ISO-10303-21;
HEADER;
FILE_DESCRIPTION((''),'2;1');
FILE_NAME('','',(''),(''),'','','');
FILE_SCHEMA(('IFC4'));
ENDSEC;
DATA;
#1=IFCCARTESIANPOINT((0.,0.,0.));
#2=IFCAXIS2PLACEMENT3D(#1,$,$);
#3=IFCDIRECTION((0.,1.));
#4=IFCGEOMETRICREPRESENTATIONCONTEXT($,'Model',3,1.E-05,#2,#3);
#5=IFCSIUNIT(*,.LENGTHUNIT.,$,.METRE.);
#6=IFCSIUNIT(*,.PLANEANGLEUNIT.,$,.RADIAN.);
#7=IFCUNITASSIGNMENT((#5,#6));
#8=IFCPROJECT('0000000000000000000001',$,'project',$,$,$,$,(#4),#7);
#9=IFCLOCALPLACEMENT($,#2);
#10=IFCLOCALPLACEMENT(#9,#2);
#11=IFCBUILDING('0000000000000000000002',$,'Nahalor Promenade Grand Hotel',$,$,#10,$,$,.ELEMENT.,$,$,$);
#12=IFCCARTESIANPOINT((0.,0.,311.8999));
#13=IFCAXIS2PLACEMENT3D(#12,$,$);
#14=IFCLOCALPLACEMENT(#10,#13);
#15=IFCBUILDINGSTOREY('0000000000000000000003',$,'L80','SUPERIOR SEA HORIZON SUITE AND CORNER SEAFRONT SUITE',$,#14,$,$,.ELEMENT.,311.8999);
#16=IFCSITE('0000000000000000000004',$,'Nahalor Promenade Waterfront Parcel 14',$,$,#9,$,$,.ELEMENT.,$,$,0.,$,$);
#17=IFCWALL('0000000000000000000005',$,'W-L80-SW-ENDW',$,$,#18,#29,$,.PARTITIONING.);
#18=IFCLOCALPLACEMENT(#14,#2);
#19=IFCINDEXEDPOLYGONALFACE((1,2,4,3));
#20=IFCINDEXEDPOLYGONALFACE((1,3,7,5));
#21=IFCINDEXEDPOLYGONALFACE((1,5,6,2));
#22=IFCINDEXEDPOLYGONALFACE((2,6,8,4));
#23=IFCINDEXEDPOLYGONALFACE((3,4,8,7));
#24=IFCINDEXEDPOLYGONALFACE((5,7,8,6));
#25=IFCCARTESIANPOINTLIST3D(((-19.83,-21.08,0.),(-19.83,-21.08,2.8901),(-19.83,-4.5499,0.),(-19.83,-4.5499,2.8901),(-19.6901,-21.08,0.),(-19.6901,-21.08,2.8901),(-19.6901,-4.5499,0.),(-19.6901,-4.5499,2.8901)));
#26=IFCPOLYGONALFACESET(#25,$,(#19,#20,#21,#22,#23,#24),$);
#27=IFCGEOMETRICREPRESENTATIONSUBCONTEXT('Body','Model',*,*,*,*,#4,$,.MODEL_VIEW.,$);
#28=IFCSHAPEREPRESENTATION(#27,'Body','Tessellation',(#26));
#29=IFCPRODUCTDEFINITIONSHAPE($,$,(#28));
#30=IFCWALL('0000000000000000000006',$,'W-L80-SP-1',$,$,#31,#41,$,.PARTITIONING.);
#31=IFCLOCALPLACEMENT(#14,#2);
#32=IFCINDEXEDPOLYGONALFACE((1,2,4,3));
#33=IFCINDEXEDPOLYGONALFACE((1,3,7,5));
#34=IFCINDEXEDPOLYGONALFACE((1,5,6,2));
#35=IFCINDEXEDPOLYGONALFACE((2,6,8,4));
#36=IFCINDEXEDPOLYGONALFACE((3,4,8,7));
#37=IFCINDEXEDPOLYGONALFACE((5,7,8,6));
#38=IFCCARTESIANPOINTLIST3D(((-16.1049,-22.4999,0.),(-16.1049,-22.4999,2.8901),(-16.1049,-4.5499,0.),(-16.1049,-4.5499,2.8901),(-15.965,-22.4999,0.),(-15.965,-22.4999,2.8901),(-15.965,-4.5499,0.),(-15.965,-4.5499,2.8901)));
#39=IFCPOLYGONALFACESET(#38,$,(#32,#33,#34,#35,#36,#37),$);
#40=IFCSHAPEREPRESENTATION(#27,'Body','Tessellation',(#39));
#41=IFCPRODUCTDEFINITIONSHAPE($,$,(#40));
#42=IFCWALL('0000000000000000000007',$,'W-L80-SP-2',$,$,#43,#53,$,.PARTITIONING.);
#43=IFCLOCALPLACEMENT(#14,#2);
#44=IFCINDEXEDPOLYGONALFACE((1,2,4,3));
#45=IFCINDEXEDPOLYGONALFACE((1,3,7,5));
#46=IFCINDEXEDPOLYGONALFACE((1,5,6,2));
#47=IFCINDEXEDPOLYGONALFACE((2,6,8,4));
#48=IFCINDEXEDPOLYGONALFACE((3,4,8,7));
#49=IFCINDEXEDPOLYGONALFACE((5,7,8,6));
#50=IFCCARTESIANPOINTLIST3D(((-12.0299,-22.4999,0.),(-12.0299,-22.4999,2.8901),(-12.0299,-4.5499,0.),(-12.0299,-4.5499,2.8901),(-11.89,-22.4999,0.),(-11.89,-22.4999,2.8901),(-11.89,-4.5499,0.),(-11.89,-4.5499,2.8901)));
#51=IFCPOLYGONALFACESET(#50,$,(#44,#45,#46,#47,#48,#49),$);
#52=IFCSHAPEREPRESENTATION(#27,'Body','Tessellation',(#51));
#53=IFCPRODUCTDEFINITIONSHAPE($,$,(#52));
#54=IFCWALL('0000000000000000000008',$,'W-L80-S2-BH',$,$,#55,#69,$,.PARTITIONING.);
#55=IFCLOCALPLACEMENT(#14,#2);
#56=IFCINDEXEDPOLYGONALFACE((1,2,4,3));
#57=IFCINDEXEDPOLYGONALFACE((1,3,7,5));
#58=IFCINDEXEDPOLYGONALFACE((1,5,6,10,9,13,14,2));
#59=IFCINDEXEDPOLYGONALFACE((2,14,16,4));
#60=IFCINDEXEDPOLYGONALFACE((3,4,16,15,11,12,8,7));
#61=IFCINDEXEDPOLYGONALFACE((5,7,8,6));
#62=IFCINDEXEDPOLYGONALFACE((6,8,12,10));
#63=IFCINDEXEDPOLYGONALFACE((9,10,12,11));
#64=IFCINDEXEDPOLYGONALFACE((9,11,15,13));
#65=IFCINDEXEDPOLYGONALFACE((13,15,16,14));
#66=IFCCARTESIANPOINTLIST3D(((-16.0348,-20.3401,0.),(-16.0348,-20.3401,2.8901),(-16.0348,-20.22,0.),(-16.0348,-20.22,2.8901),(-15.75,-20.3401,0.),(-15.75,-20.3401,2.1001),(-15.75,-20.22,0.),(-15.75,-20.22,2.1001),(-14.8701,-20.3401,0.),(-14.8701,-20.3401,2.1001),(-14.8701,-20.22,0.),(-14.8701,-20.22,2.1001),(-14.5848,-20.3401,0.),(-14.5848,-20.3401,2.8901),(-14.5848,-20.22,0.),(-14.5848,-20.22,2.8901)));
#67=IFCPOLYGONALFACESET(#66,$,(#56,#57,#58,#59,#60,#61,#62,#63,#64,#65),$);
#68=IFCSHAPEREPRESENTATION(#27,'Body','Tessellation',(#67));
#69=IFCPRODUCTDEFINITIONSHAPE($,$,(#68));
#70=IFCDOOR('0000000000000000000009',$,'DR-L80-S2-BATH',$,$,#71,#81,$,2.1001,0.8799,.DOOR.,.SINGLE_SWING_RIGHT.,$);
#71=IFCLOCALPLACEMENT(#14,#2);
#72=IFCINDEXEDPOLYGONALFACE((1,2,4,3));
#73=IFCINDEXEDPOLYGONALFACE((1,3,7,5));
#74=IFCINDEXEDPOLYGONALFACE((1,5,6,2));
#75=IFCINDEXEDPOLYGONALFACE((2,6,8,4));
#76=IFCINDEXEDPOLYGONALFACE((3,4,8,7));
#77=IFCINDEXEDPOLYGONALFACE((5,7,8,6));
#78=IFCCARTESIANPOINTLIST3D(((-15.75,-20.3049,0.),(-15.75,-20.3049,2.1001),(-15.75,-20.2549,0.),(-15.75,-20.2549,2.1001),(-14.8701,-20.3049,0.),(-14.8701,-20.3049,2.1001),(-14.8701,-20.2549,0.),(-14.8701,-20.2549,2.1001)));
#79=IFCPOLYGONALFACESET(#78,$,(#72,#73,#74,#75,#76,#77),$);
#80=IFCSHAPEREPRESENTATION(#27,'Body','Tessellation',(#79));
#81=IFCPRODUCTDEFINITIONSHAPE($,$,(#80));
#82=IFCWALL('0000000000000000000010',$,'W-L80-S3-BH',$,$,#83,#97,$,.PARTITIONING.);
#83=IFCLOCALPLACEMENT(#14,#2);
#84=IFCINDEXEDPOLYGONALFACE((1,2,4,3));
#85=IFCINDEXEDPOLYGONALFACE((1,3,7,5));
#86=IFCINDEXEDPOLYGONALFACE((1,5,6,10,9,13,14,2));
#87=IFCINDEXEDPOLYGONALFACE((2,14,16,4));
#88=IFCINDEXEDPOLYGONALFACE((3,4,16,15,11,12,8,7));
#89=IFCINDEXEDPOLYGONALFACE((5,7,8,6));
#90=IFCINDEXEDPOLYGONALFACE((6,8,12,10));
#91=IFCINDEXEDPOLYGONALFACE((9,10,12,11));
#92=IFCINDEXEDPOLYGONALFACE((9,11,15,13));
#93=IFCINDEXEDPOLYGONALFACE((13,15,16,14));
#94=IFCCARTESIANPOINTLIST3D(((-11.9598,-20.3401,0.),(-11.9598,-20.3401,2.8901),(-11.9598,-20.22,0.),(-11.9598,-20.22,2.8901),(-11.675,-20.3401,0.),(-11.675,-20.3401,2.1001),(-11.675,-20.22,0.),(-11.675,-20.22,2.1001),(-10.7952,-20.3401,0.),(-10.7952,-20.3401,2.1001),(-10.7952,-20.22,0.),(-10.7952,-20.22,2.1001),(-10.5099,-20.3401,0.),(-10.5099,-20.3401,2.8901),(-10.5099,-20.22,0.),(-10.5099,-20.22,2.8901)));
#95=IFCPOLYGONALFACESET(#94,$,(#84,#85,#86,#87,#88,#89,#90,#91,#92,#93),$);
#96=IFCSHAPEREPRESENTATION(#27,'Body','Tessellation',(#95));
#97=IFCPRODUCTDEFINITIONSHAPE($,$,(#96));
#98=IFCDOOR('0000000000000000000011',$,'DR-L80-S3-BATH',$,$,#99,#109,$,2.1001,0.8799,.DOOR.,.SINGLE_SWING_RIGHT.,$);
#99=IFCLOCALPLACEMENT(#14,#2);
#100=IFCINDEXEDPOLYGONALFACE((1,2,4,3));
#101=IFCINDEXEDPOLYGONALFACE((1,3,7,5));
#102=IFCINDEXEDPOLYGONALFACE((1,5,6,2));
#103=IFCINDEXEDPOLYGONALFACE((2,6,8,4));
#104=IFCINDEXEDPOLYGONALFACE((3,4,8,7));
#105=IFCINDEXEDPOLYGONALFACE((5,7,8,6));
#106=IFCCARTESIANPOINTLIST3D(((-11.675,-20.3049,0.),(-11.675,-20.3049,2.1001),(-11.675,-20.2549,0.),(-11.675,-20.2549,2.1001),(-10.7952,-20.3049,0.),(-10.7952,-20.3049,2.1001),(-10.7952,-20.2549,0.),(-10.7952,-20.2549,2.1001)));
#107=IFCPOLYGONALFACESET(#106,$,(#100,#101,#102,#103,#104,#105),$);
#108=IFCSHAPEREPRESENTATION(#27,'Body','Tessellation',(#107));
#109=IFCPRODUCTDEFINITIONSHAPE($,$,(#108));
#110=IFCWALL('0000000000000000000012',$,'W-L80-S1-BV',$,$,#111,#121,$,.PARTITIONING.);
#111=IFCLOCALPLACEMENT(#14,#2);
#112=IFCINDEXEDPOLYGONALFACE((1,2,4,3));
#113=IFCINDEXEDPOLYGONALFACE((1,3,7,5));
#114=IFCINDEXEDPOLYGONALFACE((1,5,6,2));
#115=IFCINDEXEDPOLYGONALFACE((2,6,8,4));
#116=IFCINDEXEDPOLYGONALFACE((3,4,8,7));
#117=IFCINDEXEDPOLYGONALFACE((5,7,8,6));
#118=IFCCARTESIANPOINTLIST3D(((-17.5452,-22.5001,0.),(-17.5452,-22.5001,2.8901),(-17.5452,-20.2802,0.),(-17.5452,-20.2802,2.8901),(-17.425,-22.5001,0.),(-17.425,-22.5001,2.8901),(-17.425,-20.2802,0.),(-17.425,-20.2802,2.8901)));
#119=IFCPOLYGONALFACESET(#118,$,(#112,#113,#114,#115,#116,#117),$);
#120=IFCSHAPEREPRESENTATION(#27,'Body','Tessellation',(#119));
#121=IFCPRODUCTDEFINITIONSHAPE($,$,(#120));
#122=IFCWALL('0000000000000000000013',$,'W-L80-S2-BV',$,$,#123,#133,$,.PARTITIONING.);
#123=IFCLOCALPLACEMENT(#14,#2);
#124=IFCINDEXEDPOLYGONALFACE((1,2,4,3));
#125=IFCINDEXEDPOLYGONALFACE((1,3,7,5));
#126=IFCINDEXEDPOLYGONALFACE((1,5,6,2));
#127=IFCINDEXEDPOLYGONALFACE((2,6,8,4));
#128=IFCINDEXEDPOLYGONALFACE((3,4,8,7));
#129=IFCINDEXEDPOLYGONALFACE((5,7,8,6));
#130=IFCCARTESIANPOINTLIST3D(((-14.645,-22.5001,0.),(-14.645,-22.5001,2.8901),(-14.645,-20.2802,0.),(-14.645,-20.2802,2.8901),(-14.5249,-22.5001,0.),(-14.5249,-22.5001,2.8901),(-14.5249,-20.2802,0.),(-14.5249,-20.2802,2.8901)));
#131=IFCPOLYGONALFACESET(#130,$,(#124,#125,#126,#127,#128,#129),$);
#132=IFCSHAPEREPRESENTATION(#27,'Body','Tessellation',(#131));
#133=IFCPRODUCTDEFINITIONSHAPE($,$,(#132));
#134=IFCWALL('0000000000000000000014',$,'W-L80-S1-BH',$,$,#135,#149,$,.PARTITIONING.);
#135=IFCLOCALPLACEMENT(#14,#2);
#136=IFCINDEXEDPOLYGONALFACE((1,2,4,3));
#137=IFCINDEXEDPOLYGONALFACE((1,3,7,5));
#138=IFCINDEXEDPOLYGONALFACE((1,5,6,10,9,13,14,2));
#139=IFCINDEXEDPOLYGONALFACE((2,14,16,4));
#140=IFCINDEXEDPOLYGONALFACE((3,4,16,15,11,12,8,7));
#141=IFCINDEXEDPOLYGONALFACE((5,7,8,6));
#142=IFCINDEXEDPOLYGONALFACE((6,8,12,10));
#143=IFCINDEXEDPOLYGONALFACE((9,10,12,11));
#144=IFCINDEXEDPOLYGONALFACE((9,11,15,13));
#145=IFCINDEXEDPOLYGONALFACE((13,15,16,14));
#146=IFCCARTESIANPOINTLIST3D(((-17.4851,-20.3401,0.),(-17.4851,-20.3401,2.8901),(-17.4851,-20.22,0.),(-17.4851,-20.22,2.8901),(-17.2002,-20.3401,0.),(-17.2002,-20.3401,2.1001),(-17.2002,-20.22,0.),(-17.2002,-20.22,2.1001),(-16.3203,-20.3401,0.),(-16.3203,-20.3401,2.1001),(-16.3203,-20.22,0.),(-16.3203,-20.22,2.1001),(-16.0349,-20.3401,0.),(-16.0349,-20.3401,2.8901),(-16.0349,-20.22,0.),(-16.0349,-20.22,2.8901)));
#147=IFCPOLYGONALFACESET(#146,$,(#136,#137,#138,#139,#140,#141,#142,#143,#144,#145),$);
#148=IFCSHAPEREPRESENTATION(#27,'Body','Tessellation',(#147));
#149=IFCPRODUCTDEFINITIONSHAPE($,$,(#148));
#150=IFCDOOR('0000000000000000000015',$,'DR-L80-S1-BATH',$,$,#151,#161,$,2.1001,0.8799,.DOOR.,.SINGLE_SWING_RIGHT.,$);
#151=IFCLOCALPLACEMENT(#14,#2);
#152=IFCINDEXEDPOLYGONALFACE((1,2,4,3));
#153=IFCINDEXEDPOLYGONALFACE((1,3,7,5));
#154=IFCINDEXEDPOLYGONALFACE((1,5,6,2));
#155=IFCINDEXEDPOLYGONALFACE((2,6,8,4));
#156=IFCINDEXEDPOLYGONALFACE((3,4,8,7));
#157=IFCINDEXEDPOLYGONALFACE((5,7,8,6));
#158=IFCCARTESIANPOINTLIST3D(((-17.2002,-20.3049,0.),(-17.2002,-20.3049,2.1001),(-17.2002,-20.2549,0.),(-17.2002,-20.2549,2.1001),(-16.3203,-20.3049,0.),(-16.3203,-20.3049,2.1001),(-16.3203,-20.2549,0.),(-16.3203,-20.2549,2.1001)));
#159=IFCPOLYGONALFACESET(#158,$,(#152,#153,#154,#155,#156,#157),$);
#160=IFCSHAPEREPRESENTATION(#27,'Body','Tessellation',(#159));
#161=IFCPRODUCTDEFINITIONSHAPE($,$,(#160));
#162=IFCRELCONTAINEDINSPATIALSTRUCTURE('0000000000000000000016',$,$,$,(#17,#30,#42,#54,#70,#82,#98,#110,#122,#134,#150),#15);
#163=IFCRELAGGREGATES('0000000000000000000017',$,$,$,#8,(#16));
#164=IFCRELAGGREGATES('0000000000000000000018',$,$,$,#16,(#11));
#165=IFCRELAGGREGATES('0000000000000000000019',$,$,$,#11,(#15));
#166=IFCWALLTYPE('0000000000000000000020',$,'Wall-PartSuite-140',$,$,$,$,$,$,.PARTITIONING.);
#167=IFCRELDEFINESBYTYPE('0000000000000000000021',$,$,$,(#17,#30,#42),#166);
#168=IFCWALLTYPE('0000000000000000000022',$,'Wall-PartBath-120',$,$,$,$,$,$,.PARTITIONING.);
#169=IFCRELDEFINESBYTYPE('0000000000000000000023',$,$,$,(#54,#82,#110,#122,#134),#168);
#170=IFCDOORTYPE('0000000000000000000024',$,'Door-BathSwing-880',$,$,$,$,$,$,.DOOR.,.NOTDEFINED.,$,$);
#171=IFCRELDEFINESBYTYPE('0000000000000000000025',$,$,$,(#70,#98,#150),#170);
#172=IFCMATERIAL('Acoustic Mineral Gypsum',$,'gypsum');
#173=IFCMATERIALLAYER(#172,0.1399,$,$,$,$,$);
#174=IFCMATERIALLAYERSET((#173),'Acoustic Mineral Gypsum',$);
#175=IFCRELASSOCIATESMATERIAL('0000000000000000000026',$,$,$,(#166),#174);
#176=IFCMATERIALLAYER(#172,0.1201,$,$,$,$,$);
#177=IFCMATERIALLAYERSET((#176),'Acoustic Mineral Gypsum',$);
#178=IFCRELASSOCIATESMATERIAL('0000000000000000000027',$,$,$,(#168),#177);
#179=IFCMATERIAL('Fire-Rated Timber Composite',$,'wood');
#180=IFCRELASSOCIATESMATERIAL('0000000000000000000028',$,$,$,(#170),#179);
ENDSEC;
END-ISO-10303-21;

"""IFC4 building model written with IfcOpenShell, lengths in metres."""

from ifc_helpers import new_model, si_unit, direction, frame, frame_2d, origin, place, context, subcontext, project, spatial, rectangle, extrude, source, transform, mapped, material, layer, layer_set, type_object, element, fill, save


model = new_model("IFC4")

# Units and contexts
model_context = context("Model", 3, precision=1e-05, world=origin(), true_north=direction((0.0, 1.0)))
body_context = subcontext(model_context, "Body", "Model", "MODEL_VIEW")
ifc_project = project(units=[si_unit("LENGTHUNIT", "METRE"), si_unit("PLANEANGLEUNIT", "RADIAN")], contexts=[model_context])

# Site, building, storey
site_placement = place(None, origin())
site = spatial("IfcSite", under=ifc_project, at=site_placement, Name="Nahalor Promenade Waterfront Parcel 14", CompositionType="ELEMENT", RefElevation=0.0)
building_placement = place(site_placement, origin())
building = spatial("IfcBuilding", under=site, at=building_placement, Name="Nahalor Promenade Grand Hotel", CompositionType="ELEMENT")
storey_placement = place(building_placement, frame((0.0, 0.0, 311.8999)))
storey = spatial("IfcBuildingStorey", under=building, at=storey_placement, Name="L80", Description="SUPERIOR SEA HORIZON SUITE AND CORNER SEAFRONT SUITE", CompositionType="ELEMENT", Elevation=311.8999)

# Walls
ifc_material_1 = material(Name="Acoustic Mineral Gypsum", Category="gypsum")
ifc_layer_1 = layer(ifc_material_1, 0.1399)
ifc_layer_set_1 = layer_set([ifc_layer_1], Name="Acoustic Mineral Gypsum")
wall_type_1 = type_object("IfcWallType", Name="Wall-PartSuite-140", PredefinedType="PARTITIONING", material=ifc_layer_set_1)
shared_shape_1 = source(origin(), body_context, "Body", "SweptSolid", [
    extrude(rectangle(XDim=16.53, YDim=0.1399, at=frame_2d((8.2651, 0.0))), origin(), (0.0, 0.0, 1.0), 2.8901),
])
wall_1_placement = place(storey_placement, frame((-19.76, -21.0801, 0.0), z_axis=(0.0, 0.0, 1.0), x_axis=(0.0, 1.0, 0.0)))
element("IfcWall", 1, at=wall_1_placement, inside=storey, type_object=wall_type_1, Name="W-L80-SW-ENDW", PredefinedType="PARTITIONING", context=body_context, shape_type="MappedRepresentation", body=[
    mapped(shared_shape_1, transform((0.0, 0.0, 0.0), scale=1.0)),
])
shared_shape_2 = source(origin(), body_context, "Body", "SweptSolid", [
    extrude(rectangle(XDim=17.95, YDim=0.1399, at=frame_2d((8.9751, 0.0))), origin(), (0.0, 0.0, 1.0), 2.8901),
])
for number, where, z_axis, x_axis, name in (
    (2, (-16.0349, -22.5, 0.0), (0.0, 0.0, 1.0), (0.0, 1.0, 0.0), "W-L80-SP-1"),
    (3, (-11.96, -22.5, 0.0), (0.0, 0.0, 1.0), (0.0, 1.0, 0.0), "W-L80-SP-2"),
):
    element("IfcWall", number, at=place(storey_placement, frame(where, z_axis=z_axis, x_axis=x_axis)), inside=storey, type_object=wall_type_1, Name=name, PredefinedType="PARTITIONING", context=body_context, shape_type="MappedRepresentation", body=[
        mapped(shared_shape_2, transform((0.0, 0.0, 0.0), scale=1.0)),
    ])

# Walls, openings, doors
ifc_layer_2 = layer(ifc_material_1, 0.1201)
ifc_layer_set_2 = layer_set([ifc_layer_2], Name="Acoustic Mineral Gypsum")
wall_type_2 = type_object("IfcWallType", Name="Wall-PartBath-120", PredefinedType="PARTITIONING", material=ifc_layer_set_2)
shared_shape_3 = source(origin(), body_context, "Body", "SweptSolid", [
    extrude(rectangle(XDim=1.45, YDim=0.1201, at=frame_2d((0.7251, 0.0))), origin(), (0.0, 0.0, 1.0), 2.8901),
])
wall_2_placement = place(storey_placement, frame((-16.0349, -20.28, 0.0), z_axis=(0.0, 0.0, 1.0), x_axis=(1.0, 0.0, 0.0)))
wall_2 = element("IfcWall", 4, at=wall_2_placement, inside=storey, type_object=wall_type_2, Name="W-L80-S2-BH", PredefinedType="PARTITIONING", context=body_context, shape_type="MappedRepresentation", body=[
    mapped(shared_shape_3, transform((0.0, 0.0, 0.0), scale=1.0)),
])
opening_1_placement = place(wall_2_placement, frame((0.2849, 0.0, 0.0)))
opening_1 = element("IfcOpeningElement", 5, at=opening_1_placement, cuts=wall_2, PredefinedType="OPENING", context=body_context, shape_type="SweptSolid", body=[
    extrude(rectangle(XDim=0.8799, YDim=2.1001, at=frame_2d((0.4399, 1.05))), frame((0.0, 0.0701, 0.0), z_axis=(0.0, -1.0, 0.0), x_axis=(1.0, 0.0, 0.0)), (0.0, 0.0, 1.0), 0.1401),
])
ifc_material_2 = material(Name="Fire-Rated Timber Composite", Category="wood")
door_type = type_object("IfcDoorType", Name="Door-BathSwing-880", OperationType="NOTDEFINED", PredefinedType="DOOR", material=ifc_material_2)
shared_shape_4 = source(origin(), body_context, "Body", "SweptSolid", [
    extrude(rectangle(XDim=0.8799, YDim=2.1001, at=frame_2d((0.4399, 1.05))), frame((0.0, 0.0249, 0.0), z_axis=(0.0, -1.0, 0.0), x_axis=(1.0, 0.0, 0.0)), (0.0, 0.0, 1.0), 0.05),
])
door_1_placement = place(opening_1_placement, frame((0.8799, 0.0, 0.0), z_axis=(0.0, 0.0, 1.0), x_axis=(-1.0, 0.0, 0.0)))
door_1 = element("IfcDoor", 6, at=door_1_placement, inside=storey, type_object=door_type, Name="DR-L80-S2-BATH", OperationType="SINGLE_SWING_RIGHT", OverallHeight=2.1001, OverallWidth=0.8799, PredefinedType="DOOR", context=body_context, shape_type="MappedRepresentation", body=[
    mapped(shared_shape_4, transform((0.0, 0.0, 0.0), scale=1.0)),
])
fill(opening_1, door_1)
wall_3_placement = place(storey_placement, frame((-11.96, -20.28, 0.0), z_axis=(0.0, 0.0, 1.0), x_axis=(1.0, 0.0, 0.0)))
wall_3 = element("IfcWall", 7, at=wall_3_placement, inside=storey, type_object=wall_type_2, Name="W-L80-S3-BH", PredefinedType="PARTITIONING", context=body_context, shape_type="MappedRepresentation", body=[
    mapped(shared_shape_3, transform((0.0, 0.0, 0.0), scale=1.0)),
])
opening_2_placement = place(wall_3_placement, frame((0.2849, 0.0, 0.0)))
opening_2 = element("IfcOpeningElement", 8, at=opening_2_placement, cuts=wall_3, PredefinedType="OPENING", context=body_context, shape_type="SweptSolid", body=[
    extrude(rectangle(XDim=0.8799, YDim=2.1001, at=frame_2d((0.4399, 1.05))), frame((0.0, 0.0701, 0.0), z_axis=(0.0, -1.0, 0.0), x_axis=(1.0, 0.0, 0.0)), (0.0, 0.0, 1.0), 0.1401),
])
door_2_placement = place(opening_2_placement, frame((0.8799, 0.0, 0.0), z_axis=(0.0, 0.0, 1.0), x_axis=(-1.0, 0.0, 0.0)))
door_2 = element("IfcDoor", 9, at=door_2_placement, inside=storey, type_object=door_type, Name="DR-L80-S3-BATH", OperationType="SINGLE_SWING_RIGHT", OverallHeight=2.1001, OverallWidth=0.8799, PredefinedType="DOOR", context=body_context, shape_type="MappedRepresentation", body=[
    mapped(shared_shape_4, transform((0.0, 0.0, 0.0), scale=1.0)),
])
fill(opening_2, door_2)

# Walls
shared_shape_5 = source(origin(), body_context, "Body", "SweptSolid", [
    extrude(rectangle(XDim=2.22, YDim=0.1201, at=frame_2d((1.1099, 0.0))), origin(), (0.0, 0.0, 1.0), 2.8901),
])
for number, where, z_axis, x_axis, name in (
    (10, (-17.4851, -22.5, 0.0), (0.0, 0.0, 1.0), (0.0, 1.0, 0.0), "W-L80-S1-BV"),
    (11, (-14.585, -22.5, 0.0), (0.0, 0.0, 1.0), (0.0, 1.0, 0.0), "W-L80-S2-BV"),
):
    element("IfcWall", number, at=place(storey_placement, frame(where, z_axis=z_axis, x_axis=x_axis)), inside=storey, type_object=wall_type_2, Name=name, PredefinedType="PARTITIONING", context=body_context, shape_type="MappedRepresentation", body=[
        mapped(shared_shape_5, transform((0.0, 0.0, 0.0), scale=1.0)),
    ])

# Wall, opening, door
shared_shape_6 = source(origin(), body_context, "Body", "SweptSolid", [
    extrude(rectangle(XDim=1.4502, YDim=0.1201, at=frame_2d((0.7251, 0.0))), origin(), (0.0, 0.0, 1.0), 2.8901),
])
wall_4_placement = place(storey_placement, frame((-17.4851, -20.28, 0.0), z_axis=(0.0, 0.0, 1.0), x_axis=(1.0, 0.0, 0.0)))
wall_4 = element("IfcWall", 12, at=wall_4_placement, inside=storey, type_object=wall_type_2, Name="W-L80-S1-BH", PredefinedType="PARTITIONING", context=body_context, shape_type="MappedRepresentation", body=[
    mapped(shared_shape_6, transform((0.0, 0.0, 0.0), scale=1.0)),
])
opening_3_placement = place(wall_4_placement, frame((0.2849, 0.0, 0.0)))
opening_3 = element("IfcOpeningElement", 13, at=opening_3_placement, cuts=wall_4, PredefinedType="OPENING", context=body_context, shape_type="SweptSolid", body=[
    extrude(rectangle(XDim=0.8799, YDim=2.1001, at=frame_2d((0.4399, 1.05))), frame((0.0, 0.0701, 0.0), z_axis=(0.0, -1.0, 0.0), x_axis=(1.0, 0.0, 0.0)), (0.0, 0.0, 1.0), 0.1401),
])
door_3_placement = place(opening_3_placement, frame((0.8799, 0.0, 0.0), z_axis=(0.0, 0.0, 1.0), x_axis=(-1.0, 0.0, 0.0)))
door_3 = element("IfcDoor", 14, at=door_3_placement, inside=storey, type_object=door_type, Name="DR-L80-S1-BATH", OperationType="SINGLE_SWING_RIGHT", OverallHeight=2.1001, OverallWidth=0.8799, PredefinedType="DOOR", context=body_context, shape_type="MappedRepresentation", body=[
    mapped(shared_shape_4, transform((0.0, 0.0, 0.0), scale=1.0)),
])
fill(opening_3, door_3)

save(model, "model.ifc")
